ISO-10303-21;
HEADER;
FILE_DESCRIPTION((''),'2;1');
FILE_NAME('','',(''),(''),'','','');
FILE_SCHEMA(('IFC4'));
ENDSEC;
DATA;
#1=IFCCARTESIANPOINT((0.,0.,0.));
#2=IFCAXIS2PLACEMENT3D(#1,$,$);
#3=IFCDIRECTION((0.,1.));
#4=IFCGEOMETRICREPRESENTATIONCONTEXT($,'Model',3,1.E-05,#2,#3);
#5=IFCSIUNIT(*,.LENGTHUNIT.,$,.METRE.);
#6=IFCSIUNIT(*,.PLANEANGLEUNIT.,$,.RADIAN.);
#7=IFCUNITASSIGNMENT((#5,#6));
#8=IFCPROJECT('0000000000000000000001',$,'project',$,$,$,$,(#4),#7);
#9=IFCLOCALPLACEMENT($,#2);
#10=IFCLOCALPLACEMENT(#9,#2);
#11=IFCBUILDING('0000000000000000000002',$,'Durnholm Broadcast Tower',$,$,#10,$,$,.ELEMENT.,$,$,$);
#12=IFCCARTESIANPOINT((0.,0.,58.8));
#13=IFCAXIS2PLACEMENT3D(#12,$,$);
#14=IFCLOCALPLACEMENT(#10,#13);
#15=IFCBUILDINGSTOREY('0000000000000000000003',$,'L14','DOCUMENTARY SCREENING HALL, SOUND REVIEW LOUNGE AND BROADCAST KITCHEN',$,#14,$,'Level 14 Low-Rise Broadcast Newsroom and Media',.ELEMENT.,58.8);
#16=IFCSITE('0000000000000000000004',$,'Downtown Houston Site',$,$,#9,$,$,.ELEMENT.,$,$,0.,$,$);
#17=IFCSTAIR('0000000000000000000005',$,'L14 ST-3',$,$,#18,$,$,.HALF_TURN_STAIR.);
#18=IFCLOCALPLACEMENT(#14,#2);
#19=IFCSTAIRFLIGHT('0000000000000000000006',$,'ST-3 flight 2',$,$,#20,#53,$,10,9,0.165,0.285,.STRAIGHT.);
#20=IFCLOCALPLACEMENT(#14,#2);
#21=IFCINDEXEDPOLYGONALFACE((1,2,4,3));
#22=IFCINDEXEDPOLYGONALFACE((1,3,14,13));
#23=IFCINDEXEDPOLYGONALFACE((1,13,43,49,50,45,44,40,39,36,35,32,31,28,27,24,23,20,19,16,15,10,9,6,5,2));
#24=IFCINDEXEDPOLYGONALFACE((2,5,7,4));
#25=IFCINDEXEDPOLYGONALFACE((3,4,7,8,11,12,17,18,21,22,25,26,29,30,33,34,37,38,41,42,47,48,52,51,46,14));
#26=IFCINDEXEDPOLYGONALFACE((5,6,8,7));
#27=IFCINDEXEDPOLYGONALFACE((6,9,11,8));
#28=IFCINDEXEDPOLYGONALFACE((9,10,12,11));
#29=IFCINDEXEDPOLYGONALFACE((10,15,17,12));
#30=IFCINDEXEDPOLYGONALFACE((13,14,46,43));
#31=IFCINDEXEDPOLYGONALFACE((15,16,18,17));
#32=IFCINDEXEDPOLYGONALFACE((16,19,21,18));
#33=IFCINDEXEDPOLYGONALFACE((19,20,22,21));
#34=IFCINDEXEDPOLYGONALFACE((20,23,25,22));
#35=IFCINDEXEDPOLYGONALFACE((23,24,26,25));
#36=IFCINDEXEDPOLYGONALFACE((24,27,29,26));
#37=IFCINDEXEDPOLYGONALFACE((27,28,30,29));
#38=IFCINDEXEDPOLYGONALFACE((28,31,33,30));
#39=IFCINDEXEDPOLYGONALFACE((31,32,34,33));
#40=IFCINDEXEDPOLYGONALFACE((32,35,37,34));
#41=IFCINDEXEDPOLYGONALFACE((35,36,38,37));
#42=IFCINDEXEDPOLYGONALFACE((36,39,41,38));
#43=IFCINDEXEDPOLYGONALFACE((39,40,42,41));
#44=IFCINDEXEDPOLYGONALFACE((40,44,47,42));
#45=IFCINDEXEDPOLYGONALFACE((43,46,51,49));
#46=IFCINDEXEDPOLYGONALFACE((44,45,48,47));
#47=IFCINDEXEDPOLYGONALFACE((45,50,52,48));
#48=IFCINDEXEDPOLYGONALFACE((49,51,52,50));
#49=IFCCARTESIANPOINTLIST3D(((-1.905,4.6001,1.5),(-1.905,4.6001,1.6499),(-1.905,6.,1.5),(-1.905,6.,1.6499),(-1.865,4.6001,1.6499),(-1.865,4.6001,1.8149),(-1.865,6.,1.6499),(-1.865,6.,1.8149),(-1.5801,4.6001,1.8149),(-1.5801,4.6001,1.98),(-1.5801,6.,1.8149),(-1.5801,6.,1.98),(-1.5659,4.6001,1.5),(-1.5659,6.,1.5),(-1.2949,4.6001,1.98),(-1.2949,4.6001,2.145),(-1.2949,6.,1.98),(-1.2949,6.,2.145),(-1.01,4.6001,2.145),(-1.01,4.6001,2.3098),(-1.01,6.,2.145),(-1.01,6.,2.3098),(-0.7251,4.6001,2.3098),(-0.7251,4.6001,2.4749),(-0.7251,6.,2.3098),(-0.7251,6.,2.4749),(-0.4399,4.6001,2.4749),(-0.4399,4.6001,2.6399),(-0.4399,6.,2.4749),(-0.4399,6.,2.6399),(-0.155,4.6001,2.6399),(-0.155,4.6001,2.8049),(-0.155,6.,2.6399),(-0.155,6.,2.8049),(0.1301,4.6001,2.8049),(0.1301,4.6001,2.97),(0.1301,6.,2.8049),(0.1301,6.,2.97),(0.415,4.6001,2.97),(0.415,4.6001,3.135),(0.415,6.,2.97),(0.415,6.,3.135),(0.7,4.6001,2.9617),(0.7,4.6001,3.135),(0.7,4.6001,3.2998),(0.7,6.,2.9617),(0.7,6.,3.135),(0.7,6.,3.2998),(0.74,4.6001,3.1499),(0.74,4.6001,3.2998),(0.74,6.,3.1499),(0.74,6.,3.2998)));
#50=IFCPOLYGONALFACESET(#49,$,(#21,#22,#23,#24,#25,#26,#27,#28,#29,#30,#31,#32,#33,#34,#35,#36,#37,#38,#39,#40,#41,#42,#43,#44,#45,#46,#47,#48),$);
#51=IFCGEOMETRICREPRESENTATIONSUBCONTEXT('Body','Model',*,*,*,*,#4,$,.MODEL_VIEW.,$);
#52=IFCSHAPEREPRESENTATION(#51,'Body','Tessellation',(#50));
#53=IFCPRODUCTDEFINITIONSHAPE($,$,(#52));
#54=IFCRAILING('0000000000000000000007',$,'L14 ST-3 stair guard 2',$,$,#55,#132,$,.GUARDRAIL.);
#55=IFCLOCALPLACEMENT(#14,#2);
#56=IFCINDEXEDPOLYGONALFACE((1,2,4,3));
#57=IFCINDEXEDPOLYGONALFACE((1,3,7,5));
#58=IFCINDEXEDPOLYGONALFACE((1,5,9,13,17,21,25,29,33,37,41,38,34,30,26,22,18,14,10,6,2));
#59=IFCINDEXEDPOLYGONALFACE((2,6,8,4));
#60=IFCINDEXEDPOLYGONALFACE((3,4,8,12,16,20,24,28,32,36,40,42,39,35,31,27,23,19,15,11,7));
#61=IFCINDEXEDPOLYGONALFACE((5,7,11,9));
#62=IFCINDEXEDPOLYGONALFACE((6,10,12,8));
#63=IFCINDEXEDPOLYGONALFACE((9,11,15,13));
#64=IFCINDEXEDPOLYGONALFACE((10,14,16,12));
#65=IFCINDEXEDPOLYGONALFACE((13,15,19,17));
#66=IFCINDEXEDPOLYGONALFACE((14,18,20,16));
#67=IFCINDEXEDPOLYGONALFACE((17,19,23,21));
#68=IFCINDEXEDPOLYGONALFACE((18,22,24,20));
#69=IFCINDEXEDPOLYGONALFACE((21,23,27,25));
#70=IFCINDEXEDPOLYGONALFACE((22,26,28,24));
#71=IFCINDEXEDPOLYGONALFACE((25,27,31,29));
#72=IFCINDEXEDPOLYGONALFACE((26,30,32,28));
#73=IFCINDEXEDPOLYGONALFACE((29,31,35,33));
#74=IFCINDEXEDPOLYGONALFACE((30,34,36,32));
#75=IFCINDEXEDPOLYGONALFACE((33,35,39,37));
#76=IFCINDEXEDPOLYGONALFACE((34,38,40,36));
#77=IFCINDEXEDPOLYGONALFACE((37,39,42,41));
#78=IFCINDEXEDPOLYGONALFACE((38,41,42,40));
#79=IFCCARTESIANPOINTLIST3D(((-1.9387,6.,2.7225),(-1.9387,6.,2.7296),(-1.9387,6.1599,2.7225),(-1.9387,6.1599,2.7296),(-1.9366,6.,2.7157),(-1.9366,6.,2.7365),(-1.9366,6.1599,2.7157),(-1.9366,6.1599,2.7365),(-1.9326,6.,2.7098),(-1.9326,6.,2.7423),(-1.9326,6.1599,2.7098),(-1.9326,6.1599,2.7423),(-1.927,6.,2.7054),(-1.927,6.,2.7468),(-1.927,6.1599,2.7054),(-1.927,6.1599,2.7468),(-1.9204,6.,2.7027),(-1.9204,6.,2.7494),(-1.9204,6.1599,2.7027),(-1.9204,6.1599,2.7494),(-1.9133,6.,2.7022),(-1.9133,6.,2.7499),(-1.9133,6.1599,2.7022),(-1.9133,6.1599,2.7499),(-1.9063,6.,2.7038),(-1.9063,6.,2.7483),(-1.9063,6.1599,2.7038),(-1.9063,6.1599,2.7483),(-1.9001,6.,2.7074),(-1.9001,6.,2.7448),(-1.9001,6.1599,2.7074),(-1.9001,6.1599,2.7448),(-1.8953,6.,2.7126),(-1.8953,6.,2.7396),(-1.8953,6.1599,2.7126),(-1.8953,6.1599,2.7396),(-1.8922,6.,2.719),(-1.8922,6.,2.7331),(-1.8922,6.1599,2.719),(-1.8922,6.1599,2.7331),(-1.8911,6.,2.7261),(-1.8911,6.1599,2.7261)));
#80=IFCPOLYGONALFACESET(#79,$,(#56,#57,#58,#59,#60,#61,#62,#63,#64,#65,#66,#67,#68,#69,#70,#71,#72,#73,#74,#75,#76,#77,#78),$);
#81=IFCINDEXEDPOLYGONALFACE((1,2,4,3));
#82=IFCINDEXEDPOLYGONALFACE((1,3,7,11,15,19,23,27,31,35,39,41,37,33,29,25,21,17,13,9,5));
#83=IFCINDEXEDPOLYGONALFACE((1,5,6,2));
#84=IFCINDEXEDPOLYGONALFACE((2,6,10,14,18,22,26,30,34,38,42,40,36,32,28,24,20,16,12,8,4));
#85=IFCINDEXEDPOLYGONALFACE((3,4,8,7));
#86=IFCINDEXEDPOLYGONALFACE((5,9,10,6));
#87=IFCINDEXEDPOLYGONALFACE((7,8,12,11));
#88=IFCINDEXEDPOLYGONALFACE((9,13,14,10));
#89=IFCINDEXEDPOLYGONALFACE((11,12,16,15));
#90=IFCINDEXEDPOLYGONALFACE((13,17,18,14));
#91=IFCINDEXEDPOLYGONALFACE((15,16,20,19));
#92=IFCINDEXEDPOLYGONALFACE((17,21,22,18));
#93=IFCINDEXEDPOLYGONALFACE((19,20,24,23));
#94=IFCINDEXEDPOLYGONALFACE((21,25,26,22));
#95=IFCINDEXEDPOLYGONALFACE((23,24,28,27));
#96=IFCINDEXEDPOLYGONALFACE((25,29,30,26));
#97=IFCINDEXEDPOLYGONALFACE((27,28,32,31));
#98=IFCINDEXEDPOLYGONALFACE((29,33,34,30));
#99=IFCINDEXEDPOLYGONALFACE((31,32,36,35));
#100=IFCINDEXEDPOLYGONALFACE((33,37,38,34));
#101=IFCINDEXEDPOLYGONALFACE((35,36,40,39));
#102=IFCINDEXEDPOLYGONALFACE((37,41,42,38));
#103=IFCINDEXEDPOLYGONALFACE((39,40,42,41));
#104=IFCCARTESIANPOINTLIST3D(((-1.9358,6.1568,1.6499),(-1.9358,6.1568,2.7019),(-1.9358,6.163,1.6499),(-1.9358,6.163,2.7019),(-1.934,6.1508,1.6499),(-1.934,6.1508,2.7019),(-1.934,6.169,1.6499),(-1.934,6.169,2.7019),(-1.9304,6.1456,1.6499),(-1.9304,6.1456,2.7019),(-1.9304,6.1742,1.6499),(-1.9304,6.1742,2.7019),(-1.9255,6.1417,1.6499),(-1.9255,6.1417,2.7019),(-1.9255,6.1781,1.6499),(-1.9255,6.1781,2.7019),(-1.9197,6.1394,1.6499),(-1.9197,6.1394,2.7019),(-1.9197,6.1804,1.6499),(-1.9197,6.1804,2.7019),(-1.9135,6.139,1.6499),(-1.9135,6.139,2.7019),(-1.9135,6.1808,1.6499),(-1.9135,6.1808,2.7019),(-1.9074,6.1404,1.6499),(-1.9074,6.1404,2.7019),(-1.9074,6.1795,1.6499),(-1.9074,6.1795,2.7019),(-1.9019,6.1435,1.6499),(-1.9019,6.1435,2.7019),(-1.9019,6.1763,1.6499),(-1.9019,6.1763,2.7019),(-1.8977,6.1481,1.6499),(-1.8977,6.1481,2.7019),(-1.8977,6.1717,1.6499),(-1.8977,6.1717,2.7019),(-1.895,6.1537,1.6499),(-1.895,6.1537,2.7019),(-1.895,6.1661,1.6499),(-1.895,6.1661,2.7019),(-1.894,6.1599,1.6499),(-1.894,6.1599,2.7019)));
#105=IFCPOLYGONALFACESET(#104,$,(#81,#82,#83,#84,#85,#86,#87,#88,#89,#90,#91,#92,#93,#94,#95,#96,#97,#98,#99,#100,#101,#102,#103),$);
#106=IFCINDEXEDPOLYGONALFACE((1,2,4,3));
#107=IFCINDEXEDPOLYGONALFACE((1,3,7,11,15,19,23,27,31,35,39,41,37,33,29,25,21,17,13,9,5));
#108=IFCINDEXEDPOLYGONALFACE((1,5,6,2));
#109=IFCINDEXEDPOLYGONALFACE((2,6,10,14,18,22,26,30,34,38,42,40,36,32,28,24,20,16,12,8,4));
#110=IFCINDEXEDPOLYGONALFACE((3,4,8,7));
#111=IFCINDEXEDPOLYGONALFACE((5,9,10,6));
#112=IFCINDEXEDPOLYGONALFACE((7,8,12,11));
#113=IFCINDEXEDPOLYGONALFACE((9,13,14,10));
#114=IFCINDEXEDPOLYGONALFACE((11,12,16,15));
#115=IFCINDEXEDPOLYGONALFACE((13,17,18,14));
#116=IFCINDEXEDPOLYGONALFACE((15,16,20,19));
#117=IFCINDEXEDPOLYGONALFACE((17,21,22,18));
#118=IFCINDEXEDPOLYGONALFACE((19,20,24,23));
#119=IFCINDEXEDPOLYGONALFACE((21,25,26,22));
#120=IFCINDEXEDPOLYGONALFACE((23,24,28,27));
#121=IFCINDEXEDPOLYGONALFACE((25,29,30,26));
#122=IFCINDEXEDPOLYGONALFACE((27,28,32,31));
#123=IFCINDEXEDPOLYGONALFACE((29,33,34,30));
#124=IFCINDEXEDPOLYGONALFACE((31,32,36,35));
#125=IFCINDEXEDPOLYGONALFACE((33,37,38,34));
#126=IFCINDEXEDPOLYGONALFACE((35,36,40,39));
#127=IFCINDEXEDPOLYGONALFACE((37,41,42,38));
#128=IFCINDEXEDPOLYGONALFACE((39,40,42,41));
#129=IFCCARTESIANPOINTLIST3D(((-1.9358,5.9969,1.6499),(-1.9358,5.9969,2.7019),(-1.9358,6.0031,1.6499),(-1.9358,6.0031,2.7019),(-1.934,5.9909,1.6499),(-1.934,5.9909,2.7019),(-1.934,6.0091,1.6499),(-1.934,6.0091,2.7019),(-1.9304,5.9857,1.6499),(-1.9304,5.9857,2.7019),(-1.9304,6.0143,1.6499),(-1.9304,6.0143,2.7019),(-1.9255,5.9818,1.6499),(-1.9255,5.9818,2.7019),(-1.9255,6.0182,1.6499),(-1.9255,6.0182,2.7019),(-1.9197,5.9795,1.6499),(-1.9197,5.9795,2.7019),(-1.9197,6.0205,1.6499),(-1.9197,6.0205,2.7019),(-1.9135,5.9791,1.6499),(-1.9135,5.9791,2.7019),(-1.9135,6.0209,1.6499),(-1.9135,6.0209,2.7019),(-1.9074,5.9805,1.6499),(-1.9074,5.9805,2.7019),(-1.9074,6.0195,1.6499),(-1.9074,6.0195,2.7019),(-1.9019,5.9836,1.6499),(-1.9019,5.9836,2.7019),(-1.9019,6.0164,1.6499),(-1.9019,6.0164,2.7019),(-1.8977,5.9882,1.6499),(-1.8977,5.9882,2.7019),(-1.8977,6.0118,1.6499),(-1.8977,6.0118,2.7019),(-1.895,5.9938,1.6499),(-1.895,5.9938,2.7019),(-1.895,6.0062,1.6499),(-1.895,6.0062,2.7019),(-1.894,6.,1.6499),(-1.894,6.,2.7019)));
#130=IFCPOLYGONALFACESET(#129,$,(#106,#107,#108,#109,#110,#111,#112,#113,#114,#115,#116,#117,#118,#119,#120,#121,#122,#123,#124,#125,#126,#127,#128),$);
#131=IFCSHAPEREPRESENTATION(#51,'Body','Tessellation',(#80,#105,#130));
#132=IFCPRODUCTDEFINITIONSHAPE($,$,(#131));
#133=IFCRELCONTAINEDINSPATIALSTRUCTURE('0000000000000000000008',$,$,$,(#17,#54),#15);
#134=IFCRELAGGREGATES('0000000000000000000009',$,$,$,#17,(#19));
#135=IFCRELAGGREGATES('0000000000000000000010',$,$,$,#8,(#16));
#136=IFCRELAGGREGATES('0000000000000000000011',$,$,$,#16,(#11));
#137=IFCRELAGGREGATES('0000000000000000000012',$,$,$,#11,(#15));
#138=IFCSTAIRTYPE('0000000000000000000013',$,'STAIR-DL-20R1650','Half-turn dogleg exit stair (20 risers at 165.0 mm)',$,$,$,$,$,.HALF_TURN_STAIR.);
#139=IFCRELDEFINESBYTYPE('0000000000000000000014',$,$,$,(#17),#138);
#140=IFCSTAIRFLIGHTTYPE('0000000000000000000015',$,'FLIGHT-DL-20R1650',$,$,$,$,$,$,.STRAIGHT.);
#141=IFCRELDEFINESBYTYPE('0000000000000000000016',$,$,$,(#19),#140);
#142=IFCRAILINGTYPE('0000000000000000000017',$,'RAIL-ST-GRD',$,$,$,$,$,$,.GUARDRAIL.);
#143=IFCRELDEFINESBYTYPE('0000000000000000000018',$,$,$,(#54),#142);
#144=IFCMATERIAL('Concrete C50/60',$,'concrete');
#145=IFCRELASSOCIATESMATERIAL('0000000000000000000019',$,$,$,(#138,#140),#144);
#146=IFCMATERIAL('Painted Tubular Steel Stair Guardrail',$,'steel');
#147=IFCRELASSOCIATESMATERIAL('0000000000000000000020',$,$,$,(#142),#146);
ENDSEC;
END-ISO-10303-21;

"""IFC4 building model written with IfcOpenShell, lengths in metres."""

from ifc_helpers import new_model, si_unit, direction, frame, origin, origin_2d, place, context, subcontext, project, spatial, polyline, circle, outline, extrude, material, type_object, element, aggregate, save


model = new_model("IFC4")

# Units and contexts
model_context = context("Model", 3, precision=1e-05, world=origin(), true_north=direction((0.0, 1.0)))
body_context = subcontext(model_context, "Body", "Model", "MODEL_VIEW")
ifc_project = project(units=[si_unit("LENGTHUNIT", "METRE"), si_unit("PLANEANGLEUNIT", "RADIAN")], contexts=[model_context])

# Site, building, storey
site_placement = place(None, origin())
site = spatial("IfcSite", under=ifc_project, at=site_placement, Name="Downtown Houston Site", CompositionType="ELEMENT", RefElevation=0.0)
building_placement = place(site_placement, origin())
building = spatial("IfcBuilding", under=site, at=building_placement, Name="Durnholm Broadcast Tower", CompositionType="ELEMENT")
storey_placement = place(building_placement, frame((0.0, 0.0, 58.8)))
storey = spatial("IfcBuildingStorey", under=building, at=storey_placement, Name="L14", Description="DOCUMENTARY SCREENING HALL, SOUND REVIEW LOUNGE AND BROADCAST KITCHEN", LongName="Level 14 Low-Rise Broadcast Newsroom and Media", CompositionType="ELEMENT", Elevation=58.8)

# Stair
ifc_material_1 = material(Name="Concrete C50/60", Category="concrete")
stair_type = type_object("IfcStairType", Name="STAIR-DL-20R1650", Description="Half-turn dogleg exit stair (20 risers at 165.0 mm)", PredefinedType="HALF_TURN_STAIR", material=ifc_material_1)
stair_1_placement = place(storey_placement, origin())
stair_1 = element("IfcStair", 1, at=stair_1_placement, inside=storey, type_object=stair_type, Name="L14 ST-3", PredefinedType="HALF_TURN_STAIR")

# Stair flight
stair_flight_type = type_object("IfcStairFlightType", Name="FLIGHT-DL-20R1650", PredefinedType="STRAIGHT", material=ifc_material_1)
stair_flight_placement = place(storey_placement, frame((-1.865, 5.3, 1.6499), z_axis=(0.0, 0.0, 1.0), x_axis=(1.0, 0.0, 0.0)))
stair_flight = element("IfcStairFlight", 2, at=stair_flight_placement, type_object=stair_flight_type, Name="ST-3 flight 2", NumberOfRisers=10, NumberOfTreads=9, PredefinedType="STRAIGHT", RiserHeight=0.165, TreadLength=0.285, context=body_context, shape_type="SweptSolid", body=[
    extrude(outline(polyline([(-0.04, -0.1499), (-0.04, 0.0), (0.0, 0.0), (0.0, 0.165), (0.2849, 0.165), (0.2849, 0.3301), (0.5701, 0.3301), (0.5701, 0.4951), (0.855, 0.4951), (0.855, 0.6599), (1.1399, 0.6599), (1.1399, 0.825), (1.425, 0.825), (1.425, 0.99), (1.71, 0.99), (1.71, 1.155), (1.9951, 1.155), (1.9951, 1.3201), (2.28, 1.3201), (2.28, 1.4851), (2.5649, 1.4851), (2.5649, 1.6499), (2.605, 1.6499), (2.605, 1.5), (2.5649, 1.3118), (0.2991, -0.1499), (-0.04, -0.1499)])), frame((0.0, 0.7, 0.0), z_axis=(0.0, -1.0, 0.0), x_axis=(1.0, 0.0, 0.0)), (0.0, 0.0, 1.0), 1.3999),
])
aggregate(stair_1, [stair_flight])

# Railing
ifc_material_2 = material(Name="Painted Tubular Steel Stair Guardrail", Category="steel")
railing_type_1 = type_object("IfcRailingType", Name="RAIL-ST-GRD", PredefinedType="GUARDRAIL", material=ifc_material_2)
railing_1_placement = place(storey_placement, frame((-1.915, 6.1599, 1.6499)))
element("IfcRailing", 3, at=railing_1_placement, inside=storey, type_object=railing_type_1, Name="L14 ST-3 stair guard 2", PredefinedType="GUARDRAIL", context=body_context, shape_type="SweptSolid", body=[
    extrude(circle(Radius=0.0239, at=origin_2d()), frame((0.0, 0.0, 1.0762), z_axis=(0.0, -1.0, 0.0), x_axis=(1.0, 0.0, 0.0)), (0.0, 0.0, 1.0), 0.1599),
    extrude(circle(Radius=0.021, at=origin_2d()), origin(), (0.0, 0.0, 1.0), 1.052),
    extrude(circle(Radius=0.021, at=origin_2d()), frame((0.0, -0.1599, 0.0)), (0.0, 0.0, 1.0), 1.052),
])

save(model, "model.ifc")
